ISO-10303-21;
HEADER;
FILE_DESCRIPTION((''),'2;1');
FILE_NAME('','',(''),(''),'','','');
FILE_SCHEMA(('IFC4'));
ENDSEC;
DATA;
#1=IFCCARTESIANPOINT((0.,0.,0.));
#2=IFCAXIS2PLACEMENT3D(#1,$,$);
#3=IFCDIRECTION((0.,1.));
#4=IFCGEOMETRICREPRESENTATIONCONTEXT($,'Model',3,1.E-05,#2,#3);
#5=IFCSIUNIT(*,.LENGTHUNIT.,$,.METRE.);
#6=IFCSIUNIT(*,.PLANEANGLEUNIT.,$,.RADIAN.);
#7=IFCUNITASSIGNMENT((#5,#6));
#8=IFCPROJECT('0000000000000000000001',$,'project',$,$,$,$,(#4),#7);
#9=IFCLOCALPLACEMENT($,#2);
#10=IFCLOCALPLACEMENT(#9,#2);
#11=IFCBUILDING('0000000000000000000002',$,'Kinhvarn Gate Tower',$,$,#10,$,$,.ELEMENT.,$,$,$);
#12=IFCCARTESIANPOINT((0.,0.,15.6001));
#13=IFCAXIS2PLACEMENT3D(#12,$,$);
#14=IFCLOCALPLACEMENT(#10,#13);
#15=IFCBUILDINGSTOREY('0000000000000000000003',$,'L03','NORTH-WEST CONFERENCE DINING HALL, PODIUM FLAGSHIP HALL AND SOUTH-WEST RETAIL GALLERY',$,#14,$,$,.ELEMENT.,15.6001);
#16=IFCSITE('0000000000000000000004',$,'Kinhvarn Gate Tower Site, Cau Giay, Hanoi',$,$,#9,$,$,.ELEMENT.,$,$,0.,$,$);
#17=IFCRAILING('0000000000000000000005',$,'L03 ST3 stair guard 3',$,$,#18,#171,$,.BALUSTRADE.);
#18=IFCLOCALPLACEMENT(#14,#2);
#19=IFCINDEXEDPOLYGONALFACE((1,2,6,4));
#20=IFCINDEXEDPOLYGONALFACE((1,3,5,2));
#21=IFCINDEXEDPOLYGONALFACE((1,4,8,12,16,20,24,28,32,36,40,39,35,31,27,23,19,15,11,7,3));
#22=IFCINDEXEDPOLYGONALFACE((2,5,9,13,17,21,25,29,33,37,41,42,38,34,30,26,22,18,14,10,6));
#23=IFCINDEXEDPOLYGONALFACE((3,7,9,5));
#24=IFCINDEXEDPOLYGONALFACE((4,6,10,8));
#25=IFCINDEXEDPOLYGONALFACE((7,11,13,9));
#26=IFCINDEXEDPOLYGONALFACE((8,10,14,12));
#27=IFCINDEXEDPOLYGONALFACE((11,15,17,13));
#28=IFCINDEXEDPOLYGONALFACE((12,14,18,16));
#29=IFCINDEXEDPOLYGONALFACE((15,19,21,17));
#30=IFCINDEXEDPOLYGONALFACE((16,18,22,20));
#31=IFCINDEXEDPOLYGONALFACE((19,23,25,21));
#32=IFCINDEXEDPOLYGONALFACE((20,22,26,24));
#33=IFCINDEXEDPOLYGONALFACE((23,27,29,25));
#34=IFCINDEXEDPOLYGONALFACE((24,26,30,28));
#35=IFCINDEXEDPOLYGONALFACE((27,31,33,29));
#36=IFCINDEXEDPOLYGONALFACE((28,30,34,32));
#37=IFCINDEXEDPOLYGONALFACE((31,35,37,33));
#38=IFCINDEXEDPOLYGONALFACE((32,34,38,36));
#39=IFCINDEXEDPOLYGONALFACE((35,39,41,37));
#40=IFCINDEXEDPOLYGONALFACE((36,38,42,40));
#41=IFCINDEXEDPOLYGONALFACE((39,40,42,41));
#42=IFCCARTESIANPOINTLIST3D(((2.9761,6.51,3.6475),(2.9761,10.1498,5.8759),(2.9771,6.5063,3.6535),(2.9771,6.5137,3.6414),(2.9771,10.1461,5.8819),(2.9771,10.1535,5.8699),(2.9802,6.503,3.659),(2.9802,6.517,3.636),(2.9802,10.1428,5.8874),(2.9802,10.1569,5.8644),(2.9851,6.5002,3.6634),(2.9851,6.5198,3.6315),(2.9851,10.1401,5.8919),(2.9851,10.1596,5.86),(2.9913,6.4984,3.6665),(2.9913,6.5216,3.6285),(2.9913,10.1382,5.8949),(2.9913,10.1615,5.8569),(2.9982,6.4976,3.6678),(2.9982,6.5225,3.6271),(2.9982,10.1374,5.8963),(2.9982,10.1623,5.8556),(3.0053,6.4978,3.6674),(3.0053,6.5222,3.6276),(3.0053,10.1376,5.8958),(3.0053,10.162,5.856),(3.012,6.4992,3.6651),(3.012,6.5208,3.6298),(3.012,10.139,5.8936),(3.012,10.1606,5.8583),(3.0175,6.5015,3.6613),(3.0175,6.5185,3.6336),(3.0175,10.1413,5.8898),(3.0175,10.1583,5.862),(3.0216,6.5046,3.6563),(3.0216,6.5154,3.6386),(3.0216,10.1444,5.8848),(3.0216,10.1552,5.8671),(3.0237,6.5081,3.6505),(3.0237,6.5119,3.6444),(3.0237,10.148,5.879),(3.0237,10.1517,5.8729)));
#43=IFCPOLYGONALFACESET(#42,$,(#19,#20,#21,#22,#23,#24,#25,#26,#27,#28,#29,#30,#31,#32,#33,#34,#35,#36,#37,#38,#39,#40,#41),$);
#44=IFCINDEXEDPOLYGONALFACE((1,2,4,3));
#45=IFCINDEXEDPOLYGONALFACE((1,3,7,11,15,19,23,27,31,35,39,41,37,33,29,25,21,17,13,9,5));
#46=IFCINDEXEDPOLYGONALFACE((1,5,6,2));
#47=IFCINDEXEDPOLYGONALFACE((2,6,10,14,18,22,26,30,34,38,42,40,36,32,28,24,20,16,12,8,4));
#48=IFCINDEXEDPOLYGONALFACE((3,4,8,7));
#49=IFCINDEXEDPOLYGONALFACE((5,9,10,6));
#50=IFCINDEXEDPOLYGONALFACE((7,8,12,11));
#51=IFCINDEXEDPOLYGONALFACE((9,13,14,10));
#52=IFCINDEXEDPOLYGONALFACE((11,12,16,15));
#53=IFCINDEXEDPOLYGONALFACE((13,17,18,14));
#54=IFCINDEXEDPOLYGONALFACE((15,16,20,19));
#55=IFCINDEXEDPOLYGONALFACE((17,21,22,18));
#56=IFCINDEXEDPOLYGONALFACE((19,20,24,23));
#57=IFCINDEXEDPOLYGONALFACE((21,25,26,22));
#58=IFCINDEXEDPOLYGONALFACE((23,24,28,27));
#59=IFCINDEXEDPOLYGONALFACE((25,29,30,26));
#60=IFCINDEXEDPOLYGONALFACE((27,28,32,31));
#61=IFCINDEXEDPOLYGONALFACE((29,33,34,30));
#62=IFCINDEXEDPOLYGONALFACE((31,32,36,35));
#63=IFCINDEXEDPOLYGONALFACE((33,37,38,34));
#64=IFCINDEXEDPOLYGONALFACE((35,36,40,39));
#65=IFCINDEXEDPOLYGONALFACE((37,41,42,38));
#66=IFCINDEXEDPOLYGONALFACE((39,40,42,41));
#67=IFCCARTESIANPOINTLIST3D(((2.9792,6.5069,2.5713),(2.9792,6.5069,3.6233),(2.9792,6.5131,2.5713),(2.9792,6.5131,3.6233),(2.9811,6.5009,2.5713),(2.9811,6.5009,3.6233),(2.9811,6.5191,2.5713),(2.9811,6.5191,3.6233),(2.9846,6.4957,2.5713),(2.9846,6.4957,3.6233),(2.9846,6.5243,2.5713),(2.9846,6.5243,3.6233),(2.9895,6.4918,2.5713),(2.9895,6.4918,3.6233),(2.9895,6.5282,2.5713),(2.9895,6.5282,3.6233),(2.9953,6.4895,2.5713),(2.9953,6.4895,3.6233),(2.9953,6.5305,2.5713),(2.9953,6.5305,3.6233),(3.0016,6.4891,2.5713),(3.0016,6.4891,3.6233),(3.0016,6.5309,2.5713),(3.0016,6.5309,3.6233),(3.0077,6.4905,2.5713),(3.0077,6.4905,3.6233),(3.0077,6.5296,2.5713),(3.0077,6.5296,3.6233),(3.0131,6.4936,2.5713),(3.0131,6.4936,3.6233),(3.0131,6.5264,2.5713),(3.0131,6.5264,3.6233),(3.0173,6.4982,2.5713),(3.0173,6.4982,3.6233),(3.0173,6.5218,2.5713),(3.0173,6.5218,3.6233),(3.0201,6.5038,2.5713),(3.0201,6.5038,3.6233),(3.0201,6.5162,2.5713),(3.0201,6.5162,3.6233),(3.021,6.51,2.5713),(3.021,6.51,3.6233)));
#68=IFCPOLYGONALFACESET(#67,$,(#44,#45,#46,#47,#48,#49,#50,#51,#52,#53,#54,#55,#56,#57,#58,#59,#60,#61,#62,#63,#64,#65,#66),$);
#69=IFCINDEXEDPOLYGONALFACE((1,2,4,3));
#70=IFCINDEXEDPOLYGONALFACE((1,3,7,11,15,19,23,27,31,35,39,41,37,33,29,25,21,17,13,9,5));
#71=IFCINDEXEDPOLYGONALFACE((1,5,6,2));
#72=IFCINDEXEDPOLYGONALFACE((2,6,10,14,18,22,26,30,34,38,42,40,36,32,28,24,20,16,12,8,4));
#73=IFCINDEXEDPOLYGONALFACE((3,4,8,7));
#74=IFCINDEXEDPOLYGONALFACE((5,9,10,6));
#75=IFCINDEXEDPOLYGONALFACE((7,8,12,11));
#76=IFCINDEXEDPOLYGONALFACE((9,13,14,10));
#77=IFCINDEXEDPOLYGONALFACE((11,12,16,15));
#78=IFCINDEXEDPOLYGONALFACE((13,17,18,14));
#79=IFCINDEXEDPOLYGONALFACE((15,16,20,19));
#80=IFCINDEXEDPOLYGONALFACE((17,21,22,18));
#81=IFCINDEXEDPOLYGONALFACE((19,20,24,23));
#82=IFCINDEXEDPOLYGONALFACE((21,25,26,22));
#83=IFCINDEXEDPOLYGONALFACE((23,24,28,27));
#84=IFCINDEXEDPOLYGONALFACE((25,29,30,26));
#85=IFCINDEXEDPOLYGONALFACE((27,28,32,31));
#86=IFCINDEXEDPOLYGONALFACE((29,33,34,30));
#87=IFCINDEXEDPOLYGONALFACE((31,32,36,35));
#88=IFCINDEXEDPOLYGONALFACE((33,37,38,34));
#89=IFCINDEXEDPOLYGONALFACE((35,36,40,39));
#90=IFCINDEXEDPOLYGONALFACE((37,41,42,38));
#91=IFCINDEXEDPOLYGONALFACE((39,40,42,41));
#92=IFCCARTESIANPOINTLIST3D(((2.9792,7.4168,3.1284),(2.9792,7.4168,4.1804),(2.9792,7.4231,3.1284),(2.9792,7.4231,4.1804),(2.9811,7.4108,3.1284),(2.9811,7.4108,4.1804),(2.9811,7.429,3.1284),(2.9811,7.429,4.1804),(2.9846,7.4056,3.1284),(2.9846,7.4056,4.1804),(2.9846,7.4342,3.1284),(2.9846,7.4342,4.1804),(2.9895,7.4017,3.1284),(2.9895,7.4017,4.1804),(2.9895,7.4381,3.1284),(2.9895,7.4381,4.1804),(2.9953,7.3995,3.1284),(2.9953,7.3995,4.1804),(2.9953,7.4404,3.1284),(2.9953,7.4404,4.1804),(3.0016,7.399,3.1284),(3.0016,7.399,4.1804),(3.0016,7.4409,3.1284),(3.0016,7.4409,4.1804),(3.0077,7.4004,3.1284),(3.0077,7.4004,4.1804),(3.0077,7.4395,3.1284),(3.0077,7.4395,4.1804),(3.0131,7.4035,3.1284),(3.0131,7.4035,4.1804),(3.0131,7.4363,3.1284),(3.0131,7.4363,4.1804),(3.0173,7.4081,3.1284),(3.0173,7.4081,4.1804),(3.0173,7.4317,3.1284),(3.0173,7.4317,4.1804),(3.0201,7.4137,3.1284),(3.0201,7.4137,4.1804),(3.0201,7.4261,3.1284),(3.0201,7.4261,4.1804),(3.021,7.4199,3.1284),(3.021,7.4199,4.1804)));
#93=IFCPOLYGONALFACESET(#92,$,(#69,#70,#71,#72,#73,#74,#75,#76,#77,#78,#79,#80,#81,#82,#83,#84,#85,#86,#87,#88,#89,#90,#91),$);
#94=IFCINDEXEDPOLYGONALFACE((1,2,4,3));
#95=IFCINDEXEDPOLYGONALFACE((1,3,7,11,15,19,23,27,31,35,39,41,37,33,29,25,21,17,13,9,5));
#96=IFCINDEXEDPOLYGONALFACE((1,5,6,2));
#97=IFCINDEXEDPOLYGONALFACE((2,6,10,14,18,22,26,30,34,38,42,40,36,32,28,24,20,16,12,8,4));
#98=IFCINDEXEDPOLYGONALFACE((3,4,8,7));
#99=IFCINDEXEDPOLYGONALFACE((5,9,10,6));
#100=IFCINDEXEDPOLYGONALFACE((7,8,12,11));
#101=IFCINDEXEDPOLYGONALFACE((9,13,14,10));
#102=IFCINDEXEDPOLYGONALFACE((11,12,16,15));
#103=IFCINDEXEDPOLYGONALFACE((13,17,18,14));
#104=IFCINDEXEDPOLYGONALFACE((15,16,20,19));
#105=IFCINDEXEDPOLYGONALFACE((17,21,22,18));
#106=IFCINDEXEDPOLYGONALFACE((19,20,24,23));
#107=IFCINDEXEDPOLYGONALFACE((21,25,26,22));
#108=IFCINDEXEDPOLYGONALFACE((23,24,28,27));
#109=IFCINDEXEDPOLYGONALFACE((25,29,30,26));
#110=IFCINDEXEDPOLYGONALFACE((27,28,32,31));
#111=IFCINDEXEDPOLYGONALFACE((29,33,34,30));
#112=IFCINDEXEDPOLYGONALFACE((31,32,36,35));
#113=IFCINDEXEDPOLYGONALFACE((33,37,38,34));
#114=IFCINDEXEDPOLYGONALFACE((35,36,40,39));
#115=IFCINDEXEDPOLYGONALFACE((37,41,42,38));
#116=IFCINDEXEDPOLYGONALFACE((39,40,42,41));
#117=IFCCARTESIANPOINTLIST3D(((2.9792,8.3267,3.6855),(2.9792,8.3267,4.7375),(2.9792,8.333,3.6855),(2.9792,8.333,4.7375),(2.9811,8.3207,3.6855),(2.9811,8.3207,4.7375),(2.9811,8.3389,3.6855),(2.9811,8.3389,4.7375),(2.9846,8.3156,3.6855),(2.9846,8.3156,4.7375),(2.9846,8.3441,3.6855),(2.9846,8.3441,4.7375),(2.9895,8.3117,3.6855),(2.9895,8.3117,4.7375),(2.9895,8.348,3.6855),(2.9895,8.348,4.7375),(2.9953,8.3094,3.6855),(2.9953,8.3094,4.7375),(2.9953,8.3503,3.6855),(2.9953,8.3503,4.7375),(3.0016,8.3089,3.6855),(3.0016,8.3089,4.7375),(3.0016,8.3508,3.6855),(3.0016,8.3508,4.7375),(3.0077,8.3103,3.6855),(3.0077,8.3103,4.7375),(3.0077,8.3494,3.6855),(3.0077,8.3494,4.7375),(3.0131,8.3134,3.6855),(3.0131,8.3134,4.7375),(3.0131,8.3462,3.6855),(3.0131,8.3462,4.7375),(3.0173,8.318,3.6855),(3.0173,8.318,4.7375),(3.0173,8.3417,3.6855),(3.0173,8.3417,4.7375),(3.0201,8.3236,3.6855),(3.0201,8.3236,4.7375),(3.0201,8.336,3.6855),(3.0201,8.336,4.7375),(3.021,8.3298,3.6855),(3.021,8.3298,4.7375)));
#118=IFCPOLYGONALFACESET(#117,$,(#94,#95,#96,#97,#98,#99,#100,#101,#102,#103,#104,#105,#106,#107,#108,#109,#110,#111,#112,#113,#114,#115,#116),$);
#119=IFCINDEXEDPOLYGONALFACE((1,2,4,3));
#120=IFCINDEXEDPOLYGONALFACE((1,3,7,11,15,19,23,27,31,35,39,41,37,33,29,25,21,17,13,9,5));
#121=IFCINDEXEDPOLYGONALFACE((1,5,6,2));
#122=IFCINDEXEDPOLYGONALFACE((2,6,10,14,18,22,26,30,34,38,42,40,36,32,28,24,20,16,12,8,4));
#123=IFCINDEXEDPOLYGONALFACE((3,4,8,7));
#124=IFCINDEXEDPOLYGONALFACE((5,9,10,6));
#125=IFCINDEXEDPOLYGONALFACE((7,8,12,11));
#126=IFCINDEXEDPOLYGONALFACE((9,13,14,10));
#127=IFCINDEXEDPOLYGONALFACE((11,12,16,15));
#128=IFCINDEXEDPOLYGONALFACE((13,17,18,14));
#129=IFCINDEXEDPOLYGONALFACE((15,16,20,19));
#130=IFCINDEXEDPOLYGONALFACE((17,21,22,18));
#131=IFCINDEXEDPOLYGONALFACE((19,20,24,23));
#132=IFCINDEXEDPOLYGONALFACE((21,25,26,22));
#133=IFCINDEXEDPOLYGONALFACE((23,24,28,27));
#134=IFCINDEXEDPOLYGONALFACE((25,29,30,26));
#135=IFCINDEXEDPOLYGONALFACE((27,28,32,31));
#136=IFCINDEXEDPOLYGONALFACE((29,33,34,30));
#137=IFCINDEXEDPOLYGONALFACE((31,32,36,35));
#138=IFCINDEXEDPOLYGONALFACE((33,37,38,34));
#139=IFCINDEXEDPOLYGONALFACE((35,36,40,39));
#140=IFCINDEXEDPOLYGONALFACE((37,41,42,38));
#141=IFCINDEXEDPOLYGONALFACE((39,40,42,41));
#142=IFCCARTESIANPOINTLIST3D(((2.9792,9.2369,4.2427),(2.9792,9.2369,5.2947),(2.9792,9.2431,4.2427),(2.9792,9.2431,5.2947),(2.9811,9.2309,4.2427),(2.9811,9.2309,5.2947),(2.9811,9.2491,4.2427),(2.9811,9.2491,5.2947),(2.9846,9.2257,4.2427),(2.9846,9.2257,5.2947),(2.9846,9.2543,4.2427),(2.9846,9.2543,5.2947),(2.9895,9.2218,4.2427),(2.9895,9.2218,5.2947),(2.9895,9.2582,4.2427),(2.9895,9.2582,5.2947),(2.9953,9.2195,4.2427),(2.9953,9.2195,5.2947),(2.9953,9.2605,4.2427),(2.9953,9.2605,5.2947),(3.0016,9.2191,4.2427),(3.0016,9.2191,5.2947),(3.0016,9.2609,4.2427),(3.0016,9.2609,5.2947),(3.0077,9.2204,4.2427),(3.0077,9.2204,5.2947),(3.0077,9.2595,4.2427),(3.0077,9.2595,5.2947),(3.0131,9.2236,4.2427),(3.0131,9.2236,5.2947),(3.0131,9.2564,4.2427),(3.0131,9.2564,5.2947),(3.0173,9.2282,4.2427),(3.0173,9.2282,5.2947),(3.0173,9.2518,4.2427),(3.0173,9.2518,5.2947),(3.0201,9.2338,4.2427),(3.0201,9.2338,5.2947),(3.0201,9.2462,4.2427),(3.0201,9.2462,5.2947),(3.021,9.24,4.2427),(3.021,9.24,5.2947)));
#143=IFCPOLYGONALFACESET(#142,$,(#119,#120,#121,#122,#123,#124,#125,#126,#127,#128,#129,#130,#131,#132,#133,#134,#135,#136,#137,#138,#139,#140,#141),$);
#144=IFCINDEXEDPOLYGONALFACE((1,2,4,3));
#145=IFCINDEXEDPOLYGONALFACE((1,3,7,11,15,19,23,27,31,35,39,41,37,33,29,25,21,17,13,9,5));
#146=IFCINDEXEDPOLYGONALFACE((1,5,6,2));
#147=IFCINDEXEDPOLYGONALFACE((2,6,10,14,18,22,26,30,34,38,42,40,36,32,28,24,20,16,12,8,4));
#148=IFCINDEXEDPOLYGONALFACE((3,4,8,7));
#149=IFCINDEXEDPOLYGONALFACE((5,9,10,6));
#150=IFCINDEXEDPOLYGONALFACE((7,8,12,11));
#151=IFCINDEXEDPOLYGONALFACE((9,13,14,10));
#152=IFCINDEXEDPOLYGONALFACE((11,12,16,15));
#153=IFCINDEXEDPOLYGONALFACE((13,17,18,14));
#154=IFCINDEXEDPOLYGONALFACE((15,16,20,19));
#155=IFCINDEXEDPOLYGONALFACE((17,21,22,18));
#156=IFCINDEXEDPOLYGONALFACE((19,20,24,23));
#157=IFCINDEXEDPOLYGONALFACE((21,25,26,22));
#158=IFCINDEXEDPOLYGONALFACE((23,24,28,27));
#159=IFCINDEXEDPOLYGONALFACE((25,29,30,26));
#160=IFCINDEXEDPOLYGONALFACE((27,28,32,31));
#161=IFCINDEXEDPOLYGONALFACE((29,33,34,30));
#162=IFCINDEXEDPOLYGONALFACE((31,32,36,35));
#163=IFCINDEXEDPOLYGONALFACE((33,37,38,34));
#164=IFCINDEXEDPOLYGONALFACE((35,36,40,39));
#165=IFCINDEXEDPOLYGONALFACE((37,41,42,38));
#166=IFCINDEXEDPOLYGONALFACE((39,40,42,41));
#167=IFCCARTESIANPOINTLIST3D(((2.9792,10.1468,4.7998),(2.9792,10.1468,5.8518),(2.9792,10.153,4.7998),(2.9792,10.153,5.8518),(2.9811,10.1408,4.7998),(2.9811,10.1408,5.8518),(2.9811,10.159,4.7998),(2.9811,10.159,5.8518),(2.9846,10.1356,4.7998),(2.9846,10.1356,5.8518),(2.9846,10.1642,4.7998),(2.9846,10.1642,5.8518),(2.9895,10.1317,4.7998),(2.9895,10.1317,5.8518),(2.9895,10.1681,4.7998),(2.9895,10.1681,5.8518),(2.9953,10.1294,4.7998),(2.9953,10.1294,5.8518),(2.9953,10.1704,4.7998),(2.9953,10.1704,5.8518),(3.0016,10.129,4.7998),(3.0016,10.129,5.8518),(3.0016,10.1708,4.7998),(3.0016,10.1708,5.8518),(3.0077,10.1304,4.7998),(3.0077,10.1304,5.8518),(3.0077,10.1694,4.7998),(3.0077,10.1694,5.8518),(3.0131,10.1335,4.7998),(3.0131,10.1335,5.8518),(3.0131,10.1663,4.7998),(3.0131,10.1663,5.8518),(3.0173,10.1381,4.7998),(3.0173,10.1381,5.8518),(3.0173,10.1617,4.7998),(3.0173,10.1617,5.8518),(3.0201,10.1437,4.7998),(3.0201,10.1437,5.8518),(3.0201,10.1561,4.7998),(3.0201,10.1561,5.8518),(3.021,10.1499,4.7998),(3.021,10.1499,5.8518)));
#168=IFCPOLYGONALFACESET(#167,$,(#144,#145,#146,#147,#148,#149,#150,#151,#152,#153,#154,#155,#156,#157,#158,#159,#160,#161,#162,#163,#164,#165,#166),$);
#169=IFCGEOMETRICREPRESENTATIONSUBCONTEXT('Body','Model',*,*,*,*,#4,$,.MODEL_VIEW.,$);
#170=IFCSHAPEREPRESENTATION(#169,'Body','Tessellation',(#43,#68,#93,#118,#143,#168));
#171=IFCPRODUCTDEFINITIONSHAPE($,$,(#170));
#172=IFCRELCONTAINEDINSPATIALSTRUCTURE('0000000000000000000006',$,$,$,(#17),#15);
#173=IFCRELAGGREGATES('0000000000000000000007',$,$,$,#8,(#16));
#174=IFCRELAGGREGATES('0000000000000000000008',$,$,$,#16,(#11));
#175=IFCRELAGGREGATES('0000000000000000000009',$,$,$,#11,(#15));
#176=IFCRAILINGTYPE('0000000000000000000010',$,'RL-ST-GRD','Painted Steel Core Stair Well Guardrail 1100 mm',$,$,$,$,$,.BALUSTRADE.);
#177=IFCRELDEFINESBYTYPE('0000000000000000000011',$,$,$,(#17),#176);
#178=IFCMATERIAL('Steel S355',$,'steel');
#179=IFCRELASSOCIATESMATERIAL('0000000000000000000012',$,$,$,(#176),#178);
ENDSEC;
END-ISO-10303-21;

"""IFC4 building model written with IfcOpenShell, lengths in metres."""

from ifc_helpers import new_model, si_unit, direction, frame, origin, origin_2d, place, context, subcontext, project, spatial, circle, extrude, material, type_object, element, save


model = new_model("IFC4")

# Units and contexts
model_context = context("Model", 3, precision=1e-05, world=origin(), true_north=direction((0.0, 1.0)))
body_context = subcontext(model_context, "Body", "Model", "MODEL_VIEW")
ifc_project = project(units=[si_unit("LENGTHUNIT", "METRE"), si_unit("PLANEANGLEUNIT", "RADIAN")], contexts=[model_context])

# Site, building, storey
site_placement = place(None, origin())
site = spatial("IfcSite", under=ifc_project, at=site_placement, Name="Kinhvarn Gate Tower Site, Cau Giay, Hanoi", CompositionType="ELEMENT", RefElevation=0.0)
building_placement = place(site_placement, origin())
building = spatial("IfcBuilding", under=site, at=building_placement, Name="Kinhvarn Gate Tower", CompositionType="ELEMENT")
storey_placement = place(building_placement, frame((0.0, 0.0, 15.6001)))
storey = spatial("IfcBuildingStorey", under=building, at=storey_placement, Name="L03", Description="NORTH-WEST CONFERENCE DINING HALL, PODIUM FLAGSHIP HALL AND SOUTH-WEST RETAIL GALLERY", CompositionType="ELEMENT", Elevation=15.6001)

# Shared definitions
ifc_material_1 = material(Name="Steel S355", Category="steel")

# Railing
railing_type_1 = type_object("IfcRailingType", Name="RL-ST-GRD", Description="Painted Steel Core Stair Well Guardrail 1100 mm", PredefinedType="BALUSTRADE", material=ifc_material_1)
railing_1_placement = place(storey_placement, frame((3.0, 6.51, 2.5713)))
element("IfcRailing", 1, at=railing_1_placement, inside=storey, type_object=railing_type_1, Name="L03 ST3 stair guard 3", PredefinedType="BALUSTRADE", context=body_context, shape_type="SweptSolid", body=[
    extrude(circle(Radius=0.0239, at=origin_2d()), frame((0.0, 0.0, 1.0762), z_axis=(0.0, 0.85285, 0.522156), x_axis=(-1.0, 0.0, 0.0)), (0.0, 0.0, 1.0), 4.2678),
    extrude(circle(Radius=0.021, at=origin_2d()), origin(), (0.0, 0.0, 1.0), 1.052),
    extrude(circle(Radius=0.021, at=origin_2d()), frame((0.0, 0.9099, 0.5571)), (0.0, 0.0, 1.0), 1.052),
    extrude(circle(Radius=0.021, at=origin_2d()), frame((0.0, 1.8198, 1.1143)), (0.0, 0.0, 1.0), 1.052),
    extrude(circle(Radius=0.021, at=origin_2d()), frame((0.0, 2.73, 1.6714)), (0.0, 0.0, 1.0), 1.052),
    extrude(circle(Radius=0.021, at=origin_2d()), frame((0.0, 3.6399, 2.2285)), (0.0, 0.0, 1.0), 1.052),
])

save(model, "model.ifc")
